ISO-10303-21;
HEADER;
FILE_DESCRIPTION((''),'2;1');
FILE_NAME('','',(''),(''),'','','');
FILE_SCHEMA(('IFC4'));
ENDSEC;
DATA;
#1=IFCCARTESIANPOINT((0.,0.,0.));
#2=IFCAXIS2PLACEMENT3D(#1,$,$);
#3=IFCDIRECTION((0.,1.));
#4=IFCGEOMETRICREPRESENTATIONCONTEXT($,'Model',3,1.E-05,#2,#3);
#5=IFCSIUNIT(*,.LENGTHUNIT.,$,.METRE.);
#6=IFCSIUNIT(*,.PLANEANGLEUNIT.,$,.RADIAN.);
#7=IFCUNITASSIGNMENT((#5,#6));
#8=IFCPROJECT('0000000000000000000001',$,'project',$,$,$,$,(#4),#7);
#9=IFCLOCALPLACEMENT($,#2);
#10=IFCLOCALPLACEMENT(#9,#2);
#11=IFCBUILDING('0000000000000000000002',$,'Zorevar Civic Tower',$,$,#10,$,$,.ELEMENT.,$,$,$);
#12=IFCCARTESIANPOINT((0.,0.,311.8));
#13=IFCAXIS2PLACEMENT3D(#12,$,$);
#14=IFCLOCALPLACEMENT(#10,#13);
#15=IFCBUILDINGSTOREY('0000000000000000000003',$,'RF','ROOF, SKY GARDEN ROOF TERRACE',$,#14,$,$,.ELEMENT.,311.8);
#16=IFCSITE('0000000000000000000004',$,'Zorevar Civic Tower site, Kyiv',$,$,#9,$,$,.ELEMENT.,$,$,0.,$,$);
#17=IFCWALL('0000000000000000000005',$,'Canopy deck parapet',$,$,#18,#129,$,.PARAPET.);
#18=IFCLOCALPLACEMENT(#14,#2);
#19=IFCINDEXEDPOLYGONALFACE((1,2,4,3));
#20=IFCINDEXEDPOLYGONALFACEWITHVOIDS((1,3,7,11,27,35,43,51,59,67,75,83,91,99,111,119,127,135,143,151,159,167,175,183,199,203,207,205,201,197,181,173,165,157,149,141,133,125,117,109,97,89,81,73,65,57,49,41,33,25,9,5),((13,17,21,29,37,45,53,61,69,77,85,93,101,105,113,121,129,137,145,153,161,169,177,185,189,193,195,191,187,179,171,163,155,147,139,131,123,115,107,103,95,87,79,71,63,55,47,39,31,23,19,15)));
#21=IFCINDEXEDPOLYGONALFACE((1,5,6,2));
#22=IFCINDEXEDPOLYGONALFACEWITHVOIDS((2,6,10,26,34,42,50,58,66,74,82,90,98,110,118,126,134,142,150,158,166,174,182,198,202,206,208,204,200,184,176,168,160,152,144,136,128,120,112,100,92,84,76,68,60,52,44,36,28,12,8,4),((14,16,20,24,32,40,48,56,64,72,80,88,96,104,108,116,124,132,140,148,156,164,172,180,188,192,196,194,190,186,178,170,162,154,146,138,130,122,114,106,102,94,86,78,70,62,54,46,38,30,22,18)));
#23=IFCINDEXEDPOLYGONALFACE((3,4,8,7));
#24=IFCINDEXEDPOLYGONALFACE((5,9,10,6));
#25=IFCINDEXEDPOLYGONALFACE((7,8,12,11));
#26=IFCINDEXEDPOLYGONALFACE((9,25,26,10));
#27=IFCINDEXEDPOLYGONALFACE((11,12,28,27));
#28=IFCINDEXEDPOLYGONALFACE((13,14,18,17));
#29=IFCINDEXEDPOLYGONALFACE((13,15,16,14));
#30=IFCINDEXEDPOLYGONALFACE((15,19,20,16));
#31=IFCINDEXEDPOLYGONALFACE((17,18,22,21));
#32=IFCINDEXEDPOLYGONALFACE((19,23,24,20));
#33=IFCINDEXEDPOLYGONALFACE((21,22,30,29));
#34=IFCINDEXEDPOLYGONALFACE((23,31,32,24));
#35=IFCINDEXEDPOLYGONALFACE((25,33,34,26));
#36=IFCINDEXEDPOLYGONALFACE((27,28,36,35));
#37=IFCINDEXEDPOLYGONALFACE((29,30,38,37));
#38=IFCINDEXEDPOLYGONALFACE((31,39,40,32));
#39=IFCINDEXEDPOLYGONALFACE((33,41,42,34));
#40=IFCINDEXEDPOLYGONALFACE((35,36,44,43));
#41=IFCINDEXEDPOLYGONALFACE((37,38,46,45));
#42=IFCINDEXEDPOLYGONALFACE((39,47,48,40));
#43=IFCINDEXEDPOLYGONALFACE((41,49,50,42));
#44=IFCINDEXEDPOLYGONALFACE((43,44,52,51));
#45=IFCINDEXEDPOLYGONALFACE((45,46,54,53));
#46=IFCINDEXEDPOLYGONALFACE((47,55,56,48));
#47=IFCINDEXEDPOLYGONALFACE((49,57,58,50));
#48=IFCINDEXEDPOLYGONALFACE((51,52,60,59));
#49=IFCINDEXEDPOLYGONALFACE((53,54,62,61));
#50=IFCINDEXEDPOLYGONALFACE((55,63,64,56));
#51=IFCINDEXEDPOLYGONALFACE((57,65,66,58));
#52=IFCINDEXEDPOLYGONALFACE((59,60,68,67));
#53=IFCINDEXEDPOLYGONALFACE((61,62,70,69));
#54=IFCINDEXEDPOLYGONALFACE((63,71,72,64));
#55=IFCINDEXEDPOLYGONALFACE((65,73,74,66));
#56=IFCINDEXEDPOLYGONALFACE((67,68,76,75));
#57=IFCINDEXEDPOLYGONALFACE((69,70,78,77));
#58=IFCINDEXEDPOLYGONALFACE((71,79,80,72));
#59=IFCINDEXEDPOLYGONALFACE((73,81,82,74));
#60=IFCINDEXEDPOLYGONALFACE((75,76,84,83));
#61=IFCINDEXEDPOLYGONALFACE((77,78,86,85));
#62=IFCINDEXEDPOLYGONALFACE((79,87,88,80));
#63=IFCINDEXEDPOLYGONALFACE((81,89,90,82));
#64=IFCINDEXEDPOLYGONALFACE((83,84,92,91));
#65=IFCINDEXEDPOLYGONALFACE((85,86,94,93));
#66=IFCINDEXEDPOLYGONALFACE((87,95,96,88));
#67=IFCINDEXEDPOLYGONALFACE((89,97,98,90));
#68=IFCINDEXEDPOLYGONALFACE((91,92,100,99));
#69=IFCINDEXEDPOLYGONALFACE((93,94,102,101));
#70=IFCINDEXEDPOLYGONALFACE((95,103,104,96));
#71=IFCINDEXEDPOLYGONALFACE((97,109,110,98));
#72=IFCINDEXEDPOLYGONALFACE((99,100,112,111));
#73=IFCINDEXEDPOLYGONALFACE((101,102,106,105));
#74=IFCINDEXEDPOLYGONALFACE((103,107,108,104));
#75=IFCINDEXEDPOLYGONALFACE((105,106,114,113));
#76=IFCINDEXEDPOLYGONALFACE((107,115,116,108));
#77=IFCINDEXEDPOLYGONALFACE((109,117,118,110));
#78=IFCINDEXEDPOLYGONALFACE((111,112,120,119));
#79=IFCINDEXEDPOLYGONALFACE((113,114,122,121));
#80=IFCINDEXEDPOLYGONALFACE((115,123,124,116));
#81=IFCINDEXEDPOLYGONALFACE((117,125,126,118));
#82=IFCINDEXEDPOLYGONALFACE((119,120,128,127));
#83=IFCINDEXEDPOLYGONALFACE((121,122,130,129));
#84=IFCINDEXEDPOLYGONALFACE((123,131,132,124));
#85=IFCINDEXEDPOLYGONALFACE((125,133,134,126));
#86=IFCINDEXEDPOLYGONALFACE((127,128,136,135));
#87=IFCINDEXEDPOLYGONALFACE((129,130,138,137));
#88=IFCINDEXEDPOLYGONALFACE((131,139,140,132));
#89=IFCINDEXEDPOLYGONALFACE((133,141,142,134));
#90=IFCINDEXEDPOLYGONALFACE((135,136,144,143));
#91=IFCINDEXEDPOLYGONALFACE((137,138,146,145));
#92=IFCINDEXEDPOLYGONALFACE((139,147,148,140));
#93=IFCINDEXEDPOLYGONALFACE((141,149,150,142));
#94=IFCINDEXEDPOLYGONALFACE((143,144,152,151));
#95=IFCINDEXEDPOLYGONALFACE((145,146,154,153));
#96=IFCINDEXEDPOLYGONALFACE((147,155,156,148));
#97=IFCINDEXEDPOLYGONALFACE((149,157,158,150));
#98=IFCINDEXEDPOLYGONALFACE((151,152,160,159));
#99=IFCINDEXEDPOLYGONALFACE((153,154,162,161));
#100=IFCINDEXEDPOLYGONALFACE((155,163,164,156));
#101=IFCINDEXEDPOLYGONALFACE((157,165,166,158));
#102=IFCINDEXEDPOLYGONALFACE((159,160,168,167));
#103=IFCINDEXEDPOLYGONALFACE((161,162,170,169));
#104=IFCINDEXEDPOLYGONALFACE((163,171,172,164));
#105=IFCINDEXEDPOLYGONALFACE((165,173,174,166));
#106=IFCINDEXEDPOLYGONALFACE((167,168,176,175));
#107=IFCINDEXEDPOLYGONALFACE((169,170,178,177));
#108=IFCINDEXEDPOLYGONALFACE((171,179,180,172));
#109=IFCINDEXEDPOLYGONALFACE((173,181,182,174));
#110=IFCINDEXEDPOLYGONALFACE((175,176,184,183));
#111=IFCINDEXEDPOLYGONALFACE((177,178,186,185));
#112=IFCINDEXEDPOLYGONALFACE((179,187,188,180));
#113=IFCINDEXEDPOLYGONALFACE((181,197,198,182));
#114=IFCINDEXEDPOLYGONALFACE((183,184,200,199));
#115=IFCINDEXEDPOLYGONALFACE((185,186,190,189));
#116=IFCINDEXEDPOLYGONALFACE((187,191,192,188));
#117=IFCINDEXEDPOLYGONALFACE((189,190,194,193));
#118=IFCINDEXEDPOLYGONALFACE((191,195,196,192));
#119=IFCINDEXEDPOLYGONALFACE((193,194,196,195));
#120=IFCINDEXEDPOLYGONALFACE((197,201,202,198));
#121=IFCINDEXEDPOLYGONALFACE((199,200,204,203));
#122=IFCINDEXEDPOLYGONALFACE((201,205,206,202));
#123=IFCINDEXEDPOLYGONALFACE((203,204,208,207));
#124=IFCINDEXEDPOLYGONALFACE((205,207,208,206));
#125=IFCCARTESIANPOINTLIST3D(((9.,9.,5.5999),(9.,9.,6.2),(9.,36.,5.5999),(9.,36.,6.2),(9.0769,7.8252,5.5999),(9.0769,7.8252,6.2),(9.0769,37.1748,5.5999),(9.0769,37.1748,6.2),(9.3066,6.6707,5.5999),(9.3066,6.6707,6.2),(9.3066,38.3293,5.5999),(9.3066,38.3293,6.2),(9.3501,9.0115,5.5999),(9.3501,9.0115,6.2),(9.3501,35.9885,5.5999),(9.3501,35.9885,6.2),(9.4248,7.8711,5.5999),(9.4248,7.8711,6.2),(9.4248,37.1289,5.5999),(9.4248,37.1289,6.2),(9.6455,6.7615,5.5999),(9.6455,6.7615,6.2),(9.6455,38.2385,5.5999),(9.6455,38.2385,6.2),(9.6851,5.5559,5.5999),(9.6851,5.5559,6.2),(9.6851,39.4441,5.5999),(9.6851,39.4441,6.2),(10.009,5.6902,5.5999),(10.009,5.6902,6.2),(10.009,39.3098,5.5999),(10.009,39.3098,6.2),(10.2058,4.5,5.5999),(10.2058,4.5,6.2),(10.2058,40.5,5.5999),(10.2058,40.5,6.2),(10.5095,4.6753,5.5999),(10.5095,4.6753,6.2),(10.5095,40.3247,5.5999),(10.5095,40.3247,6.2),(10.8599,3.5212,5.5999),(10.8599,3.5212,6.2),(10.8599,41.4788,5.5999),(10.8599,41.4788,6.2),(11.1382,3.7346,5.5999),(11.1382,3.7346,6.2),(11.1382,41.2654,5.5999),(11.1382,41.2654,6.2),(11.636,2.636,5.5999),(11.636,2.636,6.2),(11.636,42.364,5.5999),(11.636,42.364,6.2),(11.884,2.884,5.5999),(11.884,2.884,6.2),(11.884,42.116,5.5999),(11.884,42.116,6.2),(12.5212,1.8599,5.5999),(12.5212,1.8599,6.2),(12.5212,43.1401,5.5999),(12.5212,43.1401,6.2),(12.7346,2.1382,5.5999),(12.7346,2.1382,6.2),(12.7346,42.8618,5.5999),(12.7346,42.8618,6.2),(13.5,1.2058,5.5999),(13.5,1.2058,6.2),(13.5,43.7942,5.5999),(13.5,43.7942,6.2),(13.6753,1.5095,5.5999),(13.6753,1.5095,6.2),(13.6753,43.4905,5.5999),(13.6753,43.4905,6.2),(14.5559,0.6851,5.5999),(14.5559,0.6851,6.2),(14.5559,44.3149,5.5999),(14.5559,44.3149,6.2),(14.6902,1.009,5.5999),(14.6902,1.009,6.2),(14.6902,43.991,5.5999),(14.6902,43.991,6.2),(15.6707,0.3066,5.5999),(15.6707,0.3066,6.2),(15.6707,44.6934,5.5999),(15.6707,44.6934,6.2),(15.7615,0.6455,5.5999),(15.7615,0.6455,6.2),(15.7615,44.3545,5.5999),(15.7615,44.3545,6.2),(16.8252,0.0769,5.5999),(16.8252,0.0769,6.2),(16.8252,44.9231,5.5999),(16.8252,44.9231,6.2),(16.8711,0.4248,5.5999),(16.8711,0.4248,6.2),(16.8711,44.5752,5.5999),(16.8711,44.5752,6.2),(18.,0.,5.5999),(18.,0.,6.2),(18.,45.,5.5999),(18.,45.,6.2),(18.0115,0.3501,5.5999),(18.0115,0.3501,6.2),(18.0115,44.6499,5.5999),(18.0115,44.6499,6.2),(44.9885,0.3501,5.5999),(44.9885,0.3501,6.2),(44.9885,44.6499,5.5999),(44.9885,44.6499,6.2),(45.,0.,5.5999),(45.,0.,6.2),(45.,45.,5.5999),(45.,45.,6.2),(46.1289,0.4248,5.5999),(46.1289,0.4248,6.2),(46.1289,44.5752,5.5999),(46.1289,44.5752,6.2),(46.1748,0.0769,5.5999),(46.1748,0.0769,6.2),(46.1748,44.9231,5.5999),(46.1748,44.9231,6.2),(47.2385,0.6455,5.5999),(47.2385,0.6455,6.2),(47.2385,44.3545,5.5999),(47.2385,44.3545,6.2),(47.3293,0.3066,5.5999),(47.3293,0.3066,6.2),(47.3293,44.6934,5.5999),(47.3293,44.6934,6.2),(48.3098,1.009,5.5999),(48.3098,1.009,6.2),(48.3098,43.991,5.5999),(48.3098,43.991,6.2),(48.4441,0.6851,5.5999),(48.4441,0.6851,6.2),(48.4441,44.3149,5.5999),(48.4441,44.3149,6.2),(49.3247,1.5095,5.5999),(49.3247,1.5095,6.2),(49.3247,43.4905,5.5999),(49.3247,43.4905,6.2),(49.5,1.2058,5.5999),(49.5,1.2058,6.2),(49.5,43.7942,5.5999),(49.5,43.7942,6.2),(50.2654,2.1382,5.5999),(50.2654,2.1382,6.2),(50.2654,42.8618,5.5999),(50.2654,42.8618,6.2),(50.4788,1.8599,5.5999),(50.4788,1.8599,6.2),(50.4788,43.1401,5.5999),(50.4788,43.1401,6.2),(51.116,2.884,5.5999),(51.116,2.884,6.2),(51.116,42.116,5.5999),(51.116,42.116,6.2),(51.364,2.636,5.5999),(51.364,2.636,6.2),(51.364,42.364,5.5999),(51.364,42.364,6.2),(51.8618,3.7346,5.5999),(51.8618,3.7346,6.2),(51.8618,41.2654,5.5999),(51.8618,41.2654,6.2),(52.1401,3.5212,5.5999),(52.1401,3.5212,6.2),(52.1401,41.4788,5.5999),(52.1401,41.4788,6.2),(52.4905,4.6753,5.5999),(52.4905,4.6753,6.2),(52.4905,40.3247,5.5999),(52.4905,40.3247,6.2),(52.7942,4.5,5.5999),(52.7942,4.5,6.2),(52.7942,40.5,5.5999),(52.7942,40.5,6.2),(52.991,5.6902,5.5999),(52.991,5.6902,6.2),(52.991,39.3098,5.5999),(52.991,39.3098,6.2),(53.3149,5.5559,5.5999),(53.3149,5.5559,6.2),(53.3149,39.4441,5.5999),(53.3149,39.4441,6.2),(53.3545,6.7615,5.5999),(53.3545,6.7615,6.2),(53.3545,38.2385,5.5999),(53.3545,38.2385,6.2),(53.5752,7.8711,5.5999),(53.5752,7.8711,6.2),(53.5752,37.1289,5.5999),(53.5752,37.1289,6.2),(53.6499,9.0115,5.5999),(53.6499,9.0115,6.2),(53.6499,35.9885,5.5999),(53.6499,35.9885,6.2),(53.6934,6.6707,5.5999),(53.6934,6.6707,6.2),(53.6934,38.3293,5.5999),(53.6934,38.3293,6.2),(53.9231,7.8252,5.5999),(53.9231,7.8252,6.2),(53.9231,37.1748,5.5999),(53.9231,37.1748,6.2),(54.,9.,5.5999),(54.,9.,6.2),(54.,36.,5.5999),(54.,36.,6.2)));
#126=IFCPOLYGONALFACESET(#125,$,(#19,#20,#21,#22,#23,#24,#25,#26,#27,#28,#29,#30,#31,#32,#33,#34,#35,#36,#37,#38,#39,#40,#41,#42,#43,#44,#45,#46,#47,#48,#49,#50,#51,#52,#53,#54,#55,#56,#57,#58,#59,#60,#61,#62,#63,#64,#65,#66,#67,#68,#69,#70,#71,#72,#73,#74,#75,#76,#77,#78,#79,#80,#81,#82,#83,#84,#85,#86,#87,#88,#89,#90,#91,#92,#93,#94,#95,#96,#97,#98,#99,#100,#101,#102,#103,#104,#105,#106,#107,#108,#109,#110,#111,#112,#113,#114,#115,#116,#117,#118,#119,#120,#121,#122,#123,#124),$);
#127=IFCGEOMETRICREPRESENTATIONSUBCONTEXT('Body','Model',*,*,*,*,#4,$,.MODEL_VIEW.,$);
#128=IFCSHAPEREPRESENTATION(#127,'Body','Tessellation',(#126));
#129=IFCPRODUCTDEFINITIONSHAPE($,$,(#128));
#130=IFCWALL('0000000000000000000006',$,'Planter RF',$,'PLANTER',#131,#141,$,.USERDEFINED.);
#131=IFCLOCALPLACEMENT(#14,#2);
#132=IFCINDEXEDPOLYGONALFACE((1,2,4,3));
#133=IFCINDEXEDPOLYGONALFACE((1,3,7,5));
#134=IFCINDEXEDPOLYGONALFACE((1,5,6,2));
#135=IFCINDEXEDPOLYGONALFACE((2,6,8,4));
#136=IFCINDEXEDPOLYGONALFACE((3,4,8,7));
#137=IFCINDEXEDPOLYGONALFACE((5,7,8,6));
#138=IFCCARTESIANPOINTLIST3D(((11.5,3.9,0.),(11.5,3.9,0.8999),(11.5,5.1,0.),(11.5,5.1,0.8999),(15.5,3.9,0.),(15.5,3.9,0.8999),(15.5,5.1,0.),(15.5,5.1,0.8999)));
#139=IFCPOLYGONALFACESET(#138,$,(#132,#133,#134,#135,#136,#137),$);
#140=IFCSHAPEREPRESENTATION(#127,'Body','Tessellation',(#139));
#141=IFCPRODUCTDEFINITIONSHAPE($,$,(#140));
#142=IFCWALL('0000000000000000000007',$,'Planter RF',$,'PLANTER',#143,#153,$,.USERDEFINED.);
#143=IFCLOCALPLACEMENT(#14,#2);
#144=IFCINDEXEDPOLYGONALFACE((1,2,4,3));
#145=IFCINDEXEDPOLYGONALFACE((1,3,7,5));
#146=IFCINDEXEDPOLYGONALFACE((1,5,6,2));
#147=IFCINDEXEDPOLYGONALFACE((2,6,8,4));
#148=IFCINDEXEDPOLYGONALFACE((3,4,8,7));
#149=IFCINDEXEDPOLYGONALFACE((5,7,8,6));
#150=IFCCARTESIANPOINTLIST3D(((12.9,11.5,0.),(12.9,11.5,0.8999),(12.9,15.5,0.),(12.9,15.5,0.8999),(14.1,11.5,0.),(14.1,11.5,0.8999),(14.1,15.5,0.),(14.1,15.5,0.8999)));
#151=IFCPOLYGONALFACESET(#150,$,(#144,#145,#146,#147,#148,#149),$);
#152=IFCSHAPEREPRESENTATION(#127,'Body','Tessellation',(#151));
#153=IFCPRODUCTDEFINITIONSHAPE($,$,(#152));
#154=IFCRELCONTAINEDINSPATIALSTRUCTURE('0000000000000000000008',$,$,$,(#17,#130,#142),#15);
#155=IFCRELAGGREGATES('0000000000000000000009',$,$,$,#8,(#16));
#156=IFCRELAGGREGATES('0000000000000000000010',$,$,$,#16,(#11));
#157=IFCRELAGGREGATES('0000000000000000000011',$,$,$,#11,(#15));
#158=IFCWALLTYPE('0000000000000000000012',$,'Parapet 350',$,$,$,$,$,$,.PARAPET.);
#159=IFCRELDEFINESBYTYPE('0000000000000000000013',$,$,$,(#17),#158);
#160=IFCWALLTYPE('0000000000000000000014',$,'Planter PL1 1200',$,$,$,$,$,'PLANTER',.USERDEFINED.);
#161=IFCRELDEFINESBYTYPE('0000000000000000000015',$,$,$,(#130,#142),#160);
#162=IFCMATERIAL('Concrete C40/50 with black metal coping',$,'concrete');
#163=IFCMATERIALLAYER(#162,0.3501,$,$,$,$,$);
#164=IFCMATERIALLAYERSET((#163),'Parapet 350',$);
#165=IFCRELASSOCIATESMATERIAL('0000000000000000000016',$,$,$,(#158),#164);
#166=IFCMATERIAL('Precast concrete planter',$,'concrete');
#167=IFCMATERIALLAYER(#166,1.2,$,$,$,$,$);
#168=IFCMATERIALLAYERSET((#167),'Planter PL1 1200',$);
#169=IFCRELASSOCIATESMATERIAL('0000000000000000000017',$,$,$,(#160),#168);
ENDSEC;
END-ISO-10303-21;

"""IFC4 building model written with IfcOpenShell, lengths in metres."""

from ifc_helpers import new_model, si_unit, direction, frame, frame_2d, origin, place, context, subcontext, project, spatial, polyline, rectangle, outline, extrude, material, layer, layer_set, type_object, element, save


model = new_model("IFC4")

# Units and contexts
model_context = context("Model", 3, precision=1e-05, world=origin(), true_north=direction((0.0, 1.0)))
body_context = subcontext(model_context, "Body", "Model", "MODEL_VIEW")
ifc_project = project(units=[si_unit("LENGTHUNIT", "METRE"), si_unit("PLANEANGLEUNIT", "RADIAN")], contexts=[model_context])

# Site, building, storey
site_placement = place(None, origin())
site = spatial("IfcSite", under=ifc_project, at=site_placement, Name="Zorevar Civic Tower site, Kyiv", CompositionType="ELEMENT", RefElevation=0.0)
building_placement = place(site_placement, origin())
building = spatial("IfcBuilding", under=site, at=building_placement, Name="Zorevar Civic Tower", CompositionType="ELEMENT")
storey_placement = place(building_placement, frame((0.0, 0.0, 311.8)))
storey = spatial("IfcBuildingStorey", under=building, at=storey_placement, Name="RF", Description="ROOF, SKY GARDEN ROOF TERRACE", CompositionType="ELEMENT", Elevation=311.8)

# Walls
ifc_material_1 = material(Name="Concrete C40/50 with black metal coping", Category="concrete")
ifc_layer_1 = layer(ifc_material_1, 0.3501)
ifc_layer_set_1 = layer_set([ifc_layer_1], Name="Parapet 350")
wall_type_1 = type_object("IfcWallType", Name="Parapet 350", PredefinedType="PARAPET", material=ifc_layer_set_1)
wall_placement = place(storey_placement, frame((0.0, 0.0, 5.5999)))
element("IfcWall", 1, at=wall_placement, inside=storey, type_object=wall_type_1, Name="Canopy deck parapet", PredefinedType="PARAPET", context=body_context, shape_type="SweptSolid", body=[
    extrude(outline(polyline([(45.0, 0.0), (46.1748, 0.0769), (47.3293, 0.3066), (48.4441, 0.6851), (49.5, 1.2058), (50.4788, 1.8599), (51.364, 2.636), (52.1401, 3.5212), (52.7942, 4.5), (53.3149, 5.5559), (53.6934, 6.6707), (53.9231, 7.8252), (54.0, 9.0), (54.0, 36.0), (53.9231, 37.1748), (53.6934, 38.3293), (53.3149, 39.4441), (52.7942, 40.5), (52.1401, 41.4788), (51.364, 42.364), (50.4788, 43.1401), (49.5, 43.7942), (48.4441, 44.3149), (47.3293, 44.6934), (46.1748, 44.9231), (45.0, 45.0), (18.0, 45.0), (16.8252, 44.9231), (15.6707, 44.6934), (14.5559, 44.3149), (13.5, 43.7942), (12.5212, 43.1401), (11.636, 42.364), (10.8599, 41.4788), (10.2058, 40.5), (9.6851, 39.4441), (9.3066, 38.3293), (9.0769, 37.1748), (9.0, 36.0), (9.0, 9.0), (9.0769, 7.8252), (9.3066, 6.6707), (9.6851, 5.5559), (10.2058, 4.5), (10.8599, 3.5212), (11.636, 2.636), (12.5212, 1.8599), (13.5, 1.2058), (14.5559, 0.6851), (15.6707, 0.3066), (16.8252, 0.0769), (18.0, 0.0), (45.0, 0.0)]), holes=[polyline([(44.9885, 0.3501), (18.0115, 0.3501), (16.8711, 0.4248), (15.7615, 0.6455), (14.6902, 1.009), (13.6753, 1.5095), (12.7346, 2.1382), (11.884, 2.884), (11.1382, 3.7346), (10.5095, 4.6753), (10.009, 5.6902), (9.6455, 6.7615), (9.4248, 7.8711), (9.3501, 9.0115), (9.3501, 35.9885), (9.4248, 37.1289), (9.6455, 38.2385), (10.009, 39.3098), (10.5095, 40.3247), (11.1382, 41.2654), (11.884, 42.116), (12.7346, 42.8618), (13.6753, 43.4905), (14.6902, 43.991), (15.7615, 44.3545), (16.8711, 44.5752), (18.0115, 44.6499), (44.9885, 44.6499), (46.1289, 44.5752), (47.2385, 44.3545), (48.3098, 43.991), (49.3247, 43.4905), (50.2654, 42.8618), (51.116, 42.116), (51.8618, 41.2654), (52.4905, 40.3247), (52.991, 39.3098), (53.3545, 38.2385), (53.5752, 37.1289), (53.6499, 35.9885), (53.6499, 9.0115), (53.5752, 7.8711), (53.3545, 6.7615), (52.991, 5.6902), (52.4905, 4.6753), (51.8618, 3.7346), (51.116, 2.884), (50.2654, 2.1382), (49.3247, 1.5095), (48.3098, 1.009), (47.2385, 0.6455), (46.1289, 0.4248), (44.9885, 0.3501)])]), origin(), (0.0, 0.0, 1.0), 0.6001),
])
ifc_material_2 = material(Name="Precast concrete planter", Category="concrete")
ifc_layer_2 = layer(ifc_material_2, 1.2)
ifc_layer_set_2 = layer_set([ifc_layer_2], Name="Planter PL1 1200")
wall_type_2 = type_object("IfcWallType", Name="Planter PL1 1200", ElementType="PLANTER", PredefinedType="USERDEFINED", material=ifc_layer_set_2)
for number, where, z_axis, x_axis, name in (
    (2, (11.5, 4.5, 0.0), (0.0, 0.0, 1.0), (1.0, 0.0, 0.0), "Planter RF"),
    (3, (13.5, 11.5, 0.0), (0.0, 0.0, 1.0), (0.0, 1.0, 0.0), "Planter RF"),
):
    element("IfcWall", number, at=place(storey_placement, frame(where, z_axis=z_axis, x_axis=x_axis)), inside=storey, type_object=wall_type_2, Name=name, ObjectType="PLANTER", PredefinedType="USERDEFINED", context=body_context, shape_type="SweptSolid", body=[
        extrude(rectangle(XDim=4.0, YDim=1.2, at=frame_2d((2.0, 0.0))), origin(), (0.0, 0.0, 1.0), 0.8999),
    ])

save(model, "model.ifc")
